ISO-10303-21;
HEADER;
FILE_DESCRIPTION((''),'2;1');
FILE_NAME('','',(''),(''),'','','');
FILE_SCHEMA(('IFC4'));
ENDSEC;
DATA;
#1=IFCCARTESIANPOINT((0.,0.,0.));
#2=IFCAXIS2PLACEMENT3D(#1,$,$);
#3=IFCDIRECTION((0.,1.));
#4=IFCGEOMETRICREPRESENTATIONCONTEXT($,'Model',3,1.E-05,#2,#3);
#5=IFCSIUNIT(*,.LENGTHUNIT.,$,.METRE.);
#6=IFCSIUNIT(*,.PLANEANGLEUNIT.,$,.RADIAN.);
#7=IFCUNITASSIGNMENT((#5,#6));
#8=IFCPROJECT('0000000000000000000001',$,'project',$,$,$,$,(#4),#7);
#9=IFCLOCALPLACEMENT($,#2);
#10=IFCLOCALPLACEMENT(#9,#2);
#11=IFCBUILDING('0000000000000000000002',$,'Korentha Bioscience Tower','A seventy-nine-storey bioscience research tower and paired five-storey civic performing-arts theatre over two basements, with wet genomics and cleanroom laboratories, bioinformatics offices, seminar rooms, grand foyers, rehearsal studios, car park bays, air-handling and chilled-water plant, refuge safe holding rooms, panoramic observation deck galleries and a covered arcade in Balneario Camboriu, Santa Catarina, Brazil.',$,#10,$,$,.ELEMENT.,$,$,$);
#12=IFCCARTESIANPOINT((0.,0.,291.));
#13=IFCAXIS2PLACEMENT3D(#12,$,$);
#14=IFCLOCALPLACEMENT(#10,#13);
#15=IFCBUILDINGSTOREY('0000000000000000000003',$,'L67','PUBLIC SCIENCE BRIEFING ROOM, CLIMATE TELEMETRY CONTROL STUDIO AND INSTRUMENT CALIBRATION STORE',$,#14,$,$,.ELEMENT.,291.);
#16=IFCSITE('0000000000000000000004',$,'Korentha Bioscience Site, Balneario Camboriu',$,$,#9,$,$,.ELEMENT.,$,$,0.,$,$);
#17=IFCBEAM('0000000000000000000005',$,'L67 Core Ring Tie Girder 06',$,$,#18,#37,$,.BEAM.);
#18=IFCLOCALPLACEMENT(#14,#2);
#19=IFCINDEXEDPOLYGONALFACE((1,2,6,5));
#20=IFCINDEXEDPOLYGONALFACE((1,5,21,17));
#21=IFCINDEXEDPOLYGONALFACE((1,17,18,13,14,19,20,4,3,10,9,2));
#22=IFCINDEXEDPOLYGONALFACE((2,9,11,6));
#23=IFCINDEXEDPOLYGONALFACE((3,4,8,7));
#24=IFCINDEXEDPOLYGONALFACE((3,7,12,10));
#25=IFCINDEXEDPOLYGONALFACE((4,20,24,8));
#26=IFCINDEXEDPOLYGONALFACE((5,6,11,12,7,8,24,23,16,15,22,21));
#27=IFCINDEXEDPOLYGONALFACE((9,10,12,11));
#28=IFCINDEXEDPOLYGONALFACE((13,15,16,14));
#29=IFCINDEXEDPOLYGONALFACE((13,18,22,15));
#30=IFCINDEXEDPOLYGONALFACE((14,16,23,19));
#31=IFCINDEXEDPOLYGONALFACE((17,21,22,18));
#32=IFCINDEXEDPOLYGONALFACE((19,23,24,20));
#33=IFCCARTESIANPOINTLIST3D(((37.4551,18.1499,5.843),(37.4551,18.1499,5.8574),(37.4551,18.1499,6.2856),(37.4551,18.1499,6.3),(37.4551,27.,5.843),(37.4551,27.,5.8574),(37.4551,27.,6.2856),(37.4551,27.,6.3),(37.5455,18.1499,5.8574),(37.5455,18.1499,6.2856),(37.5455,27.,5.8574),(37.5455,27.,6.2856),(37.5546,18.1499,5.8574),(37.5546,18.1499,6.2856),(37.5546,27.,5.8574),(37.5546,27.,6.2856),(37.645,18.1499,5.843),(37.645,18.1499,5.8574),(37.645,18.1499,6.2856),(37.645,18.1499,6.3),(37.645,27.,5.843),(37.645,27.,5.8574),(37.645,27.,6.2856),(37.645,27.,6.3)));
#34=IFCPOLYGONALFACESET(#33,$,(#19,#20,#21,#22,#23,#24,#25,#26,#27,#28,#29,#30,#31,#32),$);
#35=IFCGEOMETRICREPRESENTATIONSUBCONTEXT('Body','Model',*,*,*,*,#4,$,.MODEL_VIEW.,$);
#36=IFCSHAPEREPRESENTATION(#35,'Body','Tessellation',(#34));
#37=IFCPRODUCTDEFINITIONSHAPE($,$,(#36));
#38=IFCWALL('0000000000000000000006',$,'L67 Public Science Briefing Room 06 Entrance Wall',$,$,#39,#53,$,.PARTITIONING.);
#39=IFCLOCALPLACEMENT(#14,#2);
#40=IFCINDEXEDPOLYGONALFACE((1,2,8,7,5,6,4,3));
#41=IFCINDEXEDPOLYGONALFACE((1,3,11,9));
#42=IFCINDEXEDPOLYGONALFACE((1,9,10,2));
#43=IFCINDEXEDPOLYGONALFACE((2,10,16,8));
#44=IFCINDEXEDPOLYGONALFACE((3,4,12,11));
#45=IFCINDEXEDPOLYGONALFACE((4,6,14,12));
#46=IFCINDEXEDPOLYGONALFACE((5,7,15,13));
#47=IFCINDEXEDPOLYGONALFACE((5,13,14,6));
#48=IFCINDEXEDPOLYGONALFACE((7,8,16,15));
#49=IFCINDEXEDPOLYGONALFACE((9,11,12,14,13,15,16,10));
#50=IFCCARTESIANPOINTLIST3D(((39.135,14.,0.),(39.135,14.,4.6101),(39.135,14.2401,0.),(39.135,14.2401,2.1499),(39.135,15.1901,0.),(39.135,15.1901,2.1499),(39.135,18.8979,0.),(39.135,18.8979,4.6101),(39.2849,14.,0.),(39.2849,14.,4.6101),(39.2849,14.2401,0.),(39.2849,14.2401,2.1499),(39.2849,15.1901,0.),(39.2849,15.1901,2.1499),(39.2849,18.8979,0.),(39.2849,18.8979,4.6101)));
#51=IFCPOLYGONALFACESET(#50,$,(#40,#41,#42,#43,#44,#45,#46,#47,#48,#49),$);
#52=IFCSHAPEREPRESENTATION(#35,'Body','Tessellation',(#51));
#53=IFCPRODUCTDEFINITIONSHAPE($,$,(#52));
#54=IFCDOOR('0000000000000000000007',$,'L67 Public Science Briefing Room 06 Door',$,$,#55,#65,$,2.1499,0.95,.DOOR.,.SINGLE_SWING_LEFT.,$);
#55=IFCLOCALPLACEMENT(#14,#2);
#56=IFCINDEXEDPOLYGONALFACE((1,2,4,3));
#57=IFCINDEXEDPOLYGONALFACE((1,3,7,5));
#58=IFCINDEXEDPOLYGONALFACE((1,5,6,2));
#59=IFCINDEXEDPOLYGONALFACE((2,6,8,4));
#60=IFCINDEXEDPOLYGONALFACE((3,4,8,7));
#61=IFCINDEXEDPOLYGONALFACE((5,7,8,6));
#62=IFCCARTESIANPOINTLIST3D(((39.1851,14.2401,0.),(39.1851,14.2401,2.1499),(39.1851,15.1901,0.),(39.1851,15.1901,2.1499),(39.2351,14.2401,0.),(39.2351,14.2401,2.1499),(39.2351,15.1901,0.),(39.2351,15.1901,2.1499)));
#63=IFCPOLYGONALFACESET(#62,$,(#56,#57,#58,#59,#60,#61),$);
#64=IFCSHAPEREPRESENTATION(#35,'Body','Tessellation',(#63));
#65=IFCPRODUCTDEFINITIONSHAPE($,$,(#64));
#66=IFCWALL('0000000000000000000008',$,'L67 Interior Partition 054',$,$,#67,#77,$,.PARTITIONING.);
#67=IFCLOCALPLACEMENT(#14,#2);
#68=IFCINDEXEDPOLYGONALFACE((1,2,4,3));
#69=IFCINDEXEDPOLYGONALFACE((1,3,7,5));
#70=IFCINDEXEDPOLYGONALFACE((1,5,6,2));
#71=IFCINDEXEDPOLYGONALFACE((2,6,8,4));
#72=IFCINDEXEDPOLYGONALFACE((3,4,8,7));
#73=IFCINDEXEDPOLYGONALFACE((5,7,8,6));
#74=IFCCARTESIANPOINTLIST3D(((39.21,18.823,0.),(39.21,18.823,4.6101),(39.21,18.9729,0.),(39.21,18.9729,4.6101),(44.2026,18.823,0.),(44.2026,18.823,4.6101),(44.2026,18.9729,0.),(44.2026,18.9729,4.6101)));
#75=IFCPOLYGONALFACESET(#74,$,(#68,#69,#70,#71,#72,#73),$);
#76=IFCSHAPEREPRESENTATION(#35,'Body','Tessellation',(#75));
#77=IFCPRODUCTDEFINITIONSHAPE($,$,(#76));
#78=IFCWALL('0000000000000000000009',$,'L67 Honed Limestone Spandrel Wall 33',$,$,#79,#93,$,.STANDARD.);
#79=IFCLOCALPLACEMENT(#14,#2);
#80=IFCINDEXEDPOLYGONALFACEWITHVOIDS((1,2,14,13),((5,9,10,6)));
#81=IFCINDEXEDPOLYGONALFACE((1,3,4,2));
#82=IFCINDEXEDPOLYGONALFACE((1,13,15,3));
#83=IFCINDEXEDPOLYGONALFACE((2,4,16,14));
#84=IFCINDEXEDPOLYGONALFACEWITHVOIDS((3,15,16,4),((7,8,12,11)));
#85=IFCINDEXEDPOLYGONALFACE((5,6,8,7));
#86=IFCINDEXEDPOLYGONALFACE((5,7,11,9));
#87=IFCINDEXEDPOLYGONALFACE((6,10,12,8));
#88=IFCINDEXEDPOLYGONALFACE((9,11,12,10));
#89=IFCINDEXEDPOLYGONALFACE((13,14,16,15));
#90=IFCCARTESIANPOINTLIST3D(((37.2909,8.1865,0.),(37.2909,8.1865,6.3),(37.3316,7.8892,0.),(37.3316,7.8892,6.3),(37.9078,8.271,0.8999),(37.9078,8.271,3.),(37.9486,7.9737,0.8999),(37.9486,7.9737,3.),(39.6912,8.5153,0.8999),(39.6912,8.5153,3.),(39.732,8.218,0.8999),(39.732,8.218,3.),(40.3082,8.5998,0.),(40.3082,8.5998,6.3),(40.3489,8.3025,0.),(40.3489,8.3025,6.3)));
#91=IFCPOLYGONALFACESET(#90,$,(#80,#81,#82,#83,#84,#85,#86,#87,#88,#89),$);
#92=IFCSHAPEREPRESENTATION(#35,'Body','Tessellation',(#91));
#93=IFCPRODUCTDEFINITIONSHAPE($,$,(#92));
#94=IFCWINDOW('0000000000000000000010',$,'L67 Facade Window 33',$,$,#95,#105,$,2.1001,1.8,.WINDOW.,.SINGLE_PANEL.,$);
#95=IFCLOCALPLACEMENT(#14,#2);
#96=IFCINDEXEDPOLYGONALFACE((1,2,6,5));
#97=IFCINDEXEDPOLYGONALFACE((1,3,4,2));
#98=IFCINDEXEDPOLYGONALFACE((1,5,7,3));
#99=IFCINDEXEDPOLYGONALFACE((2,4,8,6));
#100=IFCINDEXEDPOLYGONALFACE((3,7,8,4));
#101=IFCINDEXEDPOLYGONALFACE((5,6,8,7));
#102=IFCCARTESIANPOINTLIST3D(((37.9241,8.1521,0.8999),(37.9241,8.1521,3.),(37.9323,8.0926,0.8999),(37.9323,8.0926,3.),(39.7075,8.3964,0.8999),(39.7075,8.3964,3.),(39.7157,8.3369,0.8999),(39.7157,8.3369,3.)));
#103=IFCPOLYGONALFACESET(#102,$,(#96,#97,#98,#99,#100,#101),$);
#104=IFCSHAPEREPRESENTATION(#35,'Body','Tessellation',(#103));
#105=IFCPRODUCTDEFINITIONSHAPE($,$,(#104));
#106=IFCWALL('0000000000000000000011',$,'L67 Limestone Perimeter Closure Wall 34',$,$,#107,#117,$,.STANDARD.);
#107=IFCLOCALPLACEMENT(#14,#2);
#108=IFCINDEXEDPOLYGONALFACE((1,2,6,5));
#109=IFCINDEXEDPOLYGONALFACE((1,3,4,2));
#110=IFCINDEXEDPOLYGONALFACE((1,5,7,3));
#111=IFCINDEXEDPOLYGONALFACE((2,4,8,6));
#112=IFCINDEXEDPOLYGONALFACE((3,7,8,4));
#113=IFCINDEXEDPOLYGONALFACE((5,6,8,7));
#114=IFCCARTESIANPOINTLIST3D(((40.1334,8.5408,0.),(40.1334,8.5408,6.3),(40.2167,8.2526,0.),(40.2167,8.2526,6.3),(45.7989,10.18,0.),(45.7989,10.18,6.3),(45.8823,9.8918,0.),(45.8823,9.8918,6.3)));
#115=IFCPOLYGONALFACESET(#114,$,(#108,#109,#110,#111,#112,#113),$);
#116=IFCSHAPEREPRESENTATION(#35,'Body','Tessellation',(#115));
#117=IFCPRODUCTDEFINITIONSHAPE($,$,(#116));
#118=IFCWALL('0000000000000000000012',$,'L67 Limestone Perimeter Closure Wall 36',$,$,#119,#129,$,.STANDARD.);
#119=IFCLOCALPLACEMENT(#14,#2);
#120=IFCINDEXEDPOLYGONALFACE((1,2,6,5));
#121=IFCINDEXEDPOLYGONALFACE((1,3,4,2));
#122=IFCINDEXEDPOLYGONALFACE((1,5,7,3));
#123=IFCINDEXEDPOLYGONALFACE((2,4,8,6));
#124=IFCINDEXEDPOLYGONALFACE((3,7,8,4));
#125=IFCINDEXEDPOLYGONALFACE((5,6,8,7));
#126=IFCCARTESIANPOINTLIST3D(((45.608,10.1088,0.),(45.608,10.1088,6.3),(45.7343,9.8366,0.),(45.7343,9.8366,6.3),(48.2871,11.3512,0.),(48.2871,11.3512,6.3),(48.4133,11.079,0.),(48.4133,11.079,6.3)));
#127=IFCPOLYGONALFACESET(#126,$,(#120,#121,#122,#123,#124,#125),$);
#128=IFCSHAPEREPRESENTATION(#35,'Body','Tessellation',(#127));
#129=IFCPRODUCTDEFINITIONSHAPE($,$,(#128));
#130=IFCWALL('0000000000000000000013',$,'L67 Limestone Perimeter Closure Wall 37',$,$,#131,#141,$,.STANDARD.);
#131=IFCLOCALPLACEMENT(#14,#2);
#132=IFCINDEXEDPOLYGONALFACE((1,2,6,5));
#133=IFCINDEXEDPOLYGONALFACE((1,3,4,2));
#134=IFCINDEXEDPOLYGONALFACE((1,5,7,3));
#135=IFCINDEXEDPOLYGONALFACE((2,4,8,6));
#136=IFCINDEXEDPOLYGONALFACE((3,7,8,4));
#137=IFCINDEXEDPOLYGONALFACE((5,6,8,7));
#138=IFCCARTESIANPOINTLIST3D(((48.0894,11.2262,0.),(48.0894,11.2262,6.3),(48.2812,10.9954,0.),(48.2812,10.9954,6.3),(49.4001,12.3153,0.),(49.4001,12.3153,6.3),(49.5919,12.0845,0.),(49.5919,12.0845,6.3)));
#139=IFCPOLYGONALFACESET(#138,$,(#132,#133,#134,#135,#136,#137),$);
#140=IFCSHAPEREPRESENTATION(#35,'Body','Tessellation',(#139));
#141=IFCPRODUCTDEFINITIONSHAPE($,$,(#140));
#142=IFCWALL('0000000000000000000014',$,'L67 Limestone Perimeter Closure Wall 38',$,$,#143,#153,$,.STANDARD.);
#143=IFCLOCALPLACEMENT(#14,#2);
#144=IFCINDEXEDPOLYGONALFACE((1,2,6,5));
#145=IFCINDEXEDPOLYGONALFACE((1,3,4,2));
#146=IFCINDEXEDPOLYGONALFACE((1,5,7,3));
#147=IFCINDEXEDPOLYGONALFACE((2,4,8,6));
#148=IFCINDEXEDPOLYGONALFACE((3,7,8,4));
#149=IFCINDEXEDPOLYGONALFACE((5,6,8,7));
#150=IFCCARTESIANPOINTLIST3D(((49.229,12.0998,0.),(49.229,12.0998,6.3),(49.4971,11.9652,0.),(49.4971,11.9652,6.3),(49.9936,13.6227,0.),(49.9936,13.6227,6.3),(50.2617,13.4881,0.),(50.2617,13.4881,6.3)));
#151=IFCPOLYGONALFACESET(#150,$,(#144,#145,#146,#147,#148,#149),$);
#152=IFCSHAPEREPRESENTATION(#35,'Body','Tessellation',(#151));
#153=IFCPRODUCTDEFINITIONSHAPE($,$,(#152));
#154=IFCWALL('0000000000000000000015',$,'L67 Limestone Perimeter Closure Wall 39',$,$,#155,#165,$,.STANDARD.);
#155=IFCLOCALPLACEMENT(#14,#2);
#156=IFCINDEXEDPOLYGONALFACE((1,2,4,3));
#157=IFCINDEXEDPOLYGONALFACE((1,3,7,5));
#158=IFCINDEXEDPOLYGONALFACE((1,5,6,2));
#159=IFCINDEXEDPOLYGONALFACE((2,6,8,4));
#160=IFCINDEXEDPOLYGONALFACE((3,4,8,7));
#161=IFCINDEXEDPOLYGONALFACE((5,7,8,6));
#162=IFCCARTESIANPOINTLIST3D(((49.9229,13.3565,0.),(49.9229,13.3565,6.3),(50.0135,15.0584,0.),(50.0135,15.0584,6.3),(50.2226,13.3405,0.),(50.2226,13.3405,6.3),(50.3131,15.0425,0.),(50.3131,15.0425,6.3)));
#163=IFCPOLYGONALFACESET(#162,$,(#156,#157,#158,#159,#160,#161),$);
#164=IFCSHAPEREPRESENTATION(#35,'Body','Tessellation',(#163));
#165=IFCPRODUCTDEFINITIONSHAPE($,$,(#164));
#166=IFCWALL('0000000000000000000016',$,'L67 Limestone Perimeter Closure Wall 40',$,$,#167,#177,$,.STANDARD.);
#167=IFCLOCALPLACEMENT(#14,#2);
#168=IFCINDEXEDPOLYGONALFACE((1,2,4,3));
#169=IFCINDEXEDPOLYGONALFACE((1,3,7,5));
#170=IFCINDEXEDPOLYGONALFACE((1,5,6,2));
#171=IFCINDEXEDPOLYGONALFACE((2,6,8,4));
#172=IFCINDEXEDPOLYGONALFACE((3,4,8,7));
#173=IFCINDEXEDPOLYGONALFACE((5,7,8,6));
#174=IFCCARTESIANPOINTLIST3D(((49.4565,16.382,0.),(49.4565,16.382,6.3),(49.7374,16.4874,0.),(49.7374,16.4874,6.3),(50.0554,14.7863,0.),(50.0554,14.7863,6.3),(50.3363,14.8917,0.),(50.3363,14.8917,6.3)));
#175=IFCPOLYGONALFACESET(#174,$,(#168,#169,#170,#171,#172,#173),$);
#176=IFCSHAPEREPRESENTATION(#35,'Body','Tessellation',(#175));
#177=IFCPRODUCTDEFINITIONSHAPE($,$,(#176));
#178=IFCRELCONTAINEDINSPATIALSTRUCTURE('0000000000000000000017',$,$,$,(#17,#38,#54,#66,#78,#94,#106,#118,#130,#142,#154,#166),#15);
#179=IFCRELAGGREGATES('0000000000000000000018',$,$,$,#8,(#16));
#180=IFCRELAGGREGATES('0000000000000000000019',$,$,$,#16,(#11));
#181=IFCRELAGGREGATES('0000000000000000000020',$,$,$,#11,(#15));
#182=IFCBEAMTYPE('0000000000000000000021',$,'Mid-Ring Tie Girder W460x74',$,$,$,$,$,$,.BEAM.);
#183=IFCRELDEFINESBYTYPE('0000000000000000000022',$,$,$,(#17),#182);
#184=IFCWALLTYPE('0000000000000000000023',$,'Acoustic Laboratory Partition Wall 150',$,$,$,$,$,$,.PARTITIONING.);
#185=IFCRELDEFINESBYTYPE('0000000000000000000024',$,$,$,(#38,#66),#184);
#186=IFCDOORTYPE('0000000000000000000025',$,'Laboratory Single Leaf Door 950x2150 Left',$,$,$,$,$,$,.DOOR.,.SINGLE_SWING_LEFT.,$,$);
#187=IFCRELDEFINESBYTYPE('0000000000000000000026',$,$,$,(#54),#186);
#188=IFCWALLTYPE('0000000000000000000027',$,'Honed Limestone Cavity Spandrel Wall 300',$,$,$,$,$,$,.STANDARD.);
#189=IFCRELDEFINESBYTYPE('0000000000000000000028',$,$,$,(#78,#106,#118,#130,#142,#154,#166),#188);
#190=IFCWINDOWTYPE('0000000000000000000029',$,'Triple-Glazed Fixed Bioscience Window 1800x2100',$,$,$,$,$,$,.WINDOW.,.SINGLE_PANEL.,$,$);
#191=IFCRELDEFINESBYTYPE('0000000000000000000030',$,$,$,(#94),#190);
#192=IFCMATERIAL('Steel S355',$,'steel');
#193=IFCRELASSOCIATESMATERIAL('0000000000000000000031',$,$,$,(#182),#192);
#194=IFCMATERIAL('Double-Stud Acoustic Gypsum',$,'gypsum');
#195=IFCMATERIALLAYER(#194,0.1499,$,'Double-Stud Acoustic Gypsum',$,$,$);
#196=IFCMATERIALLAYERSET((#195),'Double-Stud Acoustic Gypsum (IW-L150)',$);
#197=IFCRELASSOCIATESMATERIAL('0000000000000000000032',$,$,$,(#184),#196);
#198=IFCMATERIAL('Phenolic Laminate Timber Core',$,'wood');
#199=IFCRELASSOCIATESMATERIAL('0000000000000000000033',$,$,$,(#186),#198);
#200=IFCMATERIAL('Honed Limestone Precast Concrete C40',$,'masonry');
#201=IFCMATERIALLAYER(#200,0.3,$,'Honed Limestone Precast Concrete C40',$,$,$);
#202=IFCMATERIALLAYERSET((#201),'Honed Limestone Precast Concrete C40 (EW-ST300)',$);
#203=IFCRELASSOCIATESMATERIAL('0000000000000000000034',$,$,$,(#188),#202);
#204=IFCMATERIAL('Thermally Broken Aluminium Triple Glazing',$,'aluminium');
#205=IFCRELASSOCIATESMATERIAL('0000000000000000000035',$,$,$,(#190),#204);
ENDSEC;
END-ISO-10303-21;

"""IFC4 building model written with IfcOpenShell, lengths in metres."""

from ifc_helpers import new_model, si_unit, direction, frame, frame_2d, origin, origin_2d, place, context, subcontext, project, spatial, rectangle, i_section, extrude, material, layer, layer_set, material_profile, profile_set, type_object, element, fill, save


model = new_model("IFC4")

# Units and contexts
model_context = context("Model", 3, precision=1e-05, world=origin(), true_north=direction((0.0, 1.0)))
body_context = subcontext(model_context, "Body", "Model", "MODEL_VIEW")
ifc_project = project(units=[si_unit("LENGTHUNIT", "METRE"), si_unit("PLANEANGLEUNIT", "RADIAN")], contexts=[model_context])

# Site, building, storey
site_placement = place(None, origin())
site = spatial("IfcSite", under=ifc_project, at=site_placement, Name="Korentha Bioscience Site, Balneario Camboriu", CompositionType="ELEMENT", RefElevation=0.0)
building_placement = place(site_placement, origin())
building = spatial("IfcBuilding", under=site, at=building_placement, Name="Korentha Bioscience Tower", Description="A seventy-nine-storey bioscience research tower and paired five-storey civic performing-arts theatre over two basements, with wet genomics and cleanroom laboratories, bioinformatics offices, seminar rooms, grand foyers, rehearsal studios, car park bays, air-handling and chilled-water plant, refuge safe holding rooms, panoramic observation deck galleries and a covered arcade in Balneario Camboriu, Santa Catarina, Brazil.", CompositionType="ELEMENT")
storey_placement = place(building_placement, frame((0.0, 0.0, 291.0)))
storey = spatial("IfcBuildingStorey", under=building, at=storey_placement, Name="L67", Description="PUBLIC SCIENCE BRIEFING ROOM, CLIMATE TELEMETRY CONTROL STUDIO AND INSTRUMENT CALIBRATION STORE", CompositionType="ELEMENT", Elevation=291.0)

# Beam
ifc_material_1 = material(Name="Steel S355", Category="steel")
ifc_material_profile_1 = material_profile(ifc_material_1, i_section(OverallWidth=0.1899, OverallDepth=0.457, WebThickness=0.009, FlangeThickness=0.0144, at=origin_2d()), Name="Steel S355")
ifc_profile_set_1 = profile_set([ifc_material_profile_1], Name="Steel S355 (MB-460)")
beam_type_1 = type_object("IfcBeamType", Name="Mid-Ring Tie Girder W460x74", PredefinedType="BEAM", material=ifc_profile_set_1)
beam_1_placement = place(storey_placement, frame((37.55, 18.1499, 6.0715), z_axis=(0.0, 1.0, 0.0), x_axis=(-1.0, 0.0, 0.0)))
element("IfcBeam", 1, at=beam_1_placement, inside=storey, type_object=beam_type_1, Name="L67 Core Ring Tie Girder 06", PredefinedType="BEAM", context=body_context, shape_type="SweptSolid", body=[
    extrude(i_section(OverallWidth=0.1899, OverallDepth=0.457, WebThickness=0.009, FlangeThickness=0.0144, at=origin_2d()), origin(), (0.0, 0.0, 1.0), 8.8501),
])

# Wall, opening, door
ifc_material_2 = material(Name="Double-Stud Acoustic Gypsum", Category="gypsum")
ifc_layer_1 = layer(ifc_material_2, 0.1499, Name="Double-Stud Acoustic Gypsum")
ifc_layer_set_1 = layer_set([ifc_layer_1], Name="Double-Stud Acoustic Gypsum (IW-L150)")
wall_type_1 = type_object("IfcWallType", Name="Acoustic Laboratory Partition Wall 150", PredefinedType="PARTITIONING", material=ifc_layer_set_1)
wall_1_placement = place(storey_placement, frame((39.21, 14.0, 0.0), z_axis=(0.0, 0.0, 1.0), x_axis=(0.0, 1.0, 0.0)))
wall_1 = element("IfcWall", 2, at=wall_1_placement, inside=storey, type_object=wall_type_1, Name="L67 Public Science Briefing Room 06 Entrance Wall", PredefinedType="PARTITIONING", context=body_context, shape_type="SweptSolid", body=[
    extrude(rectangle(XDim=4.8979, YDim=0.1499, at=frame_2d((2.449, 0.0))), origin(), (0.0, 0.0, 1.0), 4.6101),
])
opening_1_placement = place(wall_1_placement, frame((0.24, 0.0, 0.0)))
opening_1 = element("IfcOpeningElement", 3, at=opening_1_placement, cuts=wall_1, PredefinedType="OPENING", context=body_context, shape_type="SweptSolid", body=[
    extrude(rectangle(XDim=0.95, YDim=2.1499, at=frame_2d((0.4751, 1.075))), frame((0.0, 0.0898, 0.0), z_axis=(0.0, -1.0, 0.0), x_axis=(1.0, 0.0, 0.0)), (0.0, 0.0, 1.0), 0.1797),
])
ifc_material_3 = material(Name="Phenolic Laminate Timber Core", Category="wood")
door_type = type_object("IfcDoorType", Name="Laboratory Single Leaf Door 950x2150 Left", OperationType="SINGLE_SWING_LEFT", PredefinedType="DOOR", material=ifc_material_3)
door_placement = place(opening_1_placement, origin())
door = element("IfcDoor", 4, at=door_placement, inside=storey, type_object=door_type, Name="L67 Public Science Briefing Room 06 Door", OperationType="SINGLE_SWING_LEFT", OverallHeight=2.1499, OverallWidth=0.95, PredefinedType="DOOR", context=body_context, shape_type="SweptSolid", body=[
    extrude(rectangle(XDim=0.95, YDim=2.1499, at=frame_2d((0.4751, 1.075))), frame((0.0, 0.0249, 0.0), z_axis=(0.0, -1.0, 0.0), x_axis=(1.0, 0.0, 0.0)), (0.0, 0.0, 1.0), 0.05),
])
fill(opening_1, door)

# Wall
wall_2_placement = place(storey_placement, frame((39.21, 18.8979, 0.0), z_axis=(0.0, 0.0, 1.0), x_axis=(1.0, 0.0, 0.0)))
element("IfcWall", 5, at=wall_2_placement, inside=storey, type_object=wall_type_1, Name="L67 Interior Partition 054", PredefinedType="PARTITIONING", context=body_context, shape_type="SweptSolid", body=[
    extrude(rectangle(XDim=4.9927, YDim=0.1499, at=frame_2d((2.4963, 0.0))), origin(), (0.0, 0.0, 1.0), 4.6101),
])

# Wall, opening, window
ifc_material_4 = material(Name="Honed Limestone Precast Concrete C40", Category="masonry")
ifc_layer_2 = layer(ifc_material_4, 0.3, Name="Honed Limestone Precast Concrete C40")
ifc_layer_set_2 = layer_set([ifc_layer_2], Name="Honed Limestone Precast Concrete C40 (EW-ST300)")
wall_type_2 = type_object("IfcWallType", Name="Honed Limestone Cavity Spandrel Wall 300", PredefinedType="STANDARD", material=ifc_layer_set_2)
wall_3_placement = place(storey_placement, frame((37.3113, 8.0378, 0.0), z_axis=(0.0, 0.0, 1.0), x_axis=(0.990748, 0.135718, 0.0)))
wall_3 = element("IfcWall", 6, at=wall_3_placement, inside=storey, type_object=wall_type_2, Name="L67 Honed Limestone Spandrel Wall 33", PredefinedType="STANDARD", context=body_context, shape_type="SweptSolid", body=[
    extrude(rectangle(XDim=3.0454, YDim=0.3, at=frame_2d((1.5227, 0.0))), origin(), (0.0, 0.0, 1.0), 6.3),
])
opening_2_placement = place(wall_3_placement, frame((0.6228, 0.0, 0.8999)))
opening_2 = element("IfcOpeningElement", 7, at=opening_2_placement, cuts=wall_3, PredefinedType="OPENING", context=body_context, shape_type="SweptSolid", body=[
    extrude(rectangle(XDim=1.8, YDim=2.1001, at=frame_2d((0.8999, 1.05))), frame((0.0, 0.165, 0.0), z_axis=(0.0, -1.0, 0.0), x_axis=(1.0, 0.0, 0.0)), (0.0, 0.0, 1.0), 0.3298),
])
ifc_material_5 = material(Name="Thermally Broken Aluminium Triple Glazing", Category="aluminium")
window_type = type_object("IfcWindowType", Name="Triple-Glazed Fixed Bioscience Window 1800x2100", PartitioningType="SINGLE_PANEL", PredefinedType="WINDOW", material=ifc_material_5)
window_placement = place(opening_2_placement, origin())
window = element("IfcWindow", 8, at=window_placement, inside=storey, type_object=window_type, Name="L67 Facade Window 33", OverallHeight=2.1001, OverallWidth=1.8, PartitioningType="SINGLE_PANEL", PredefinedType="WINDOW", context=body_context, shape_type="SweptSolid", body=[
    extrude(rectangle(XDim=1.8, YDim=2.1001, at=frame_2d((0.8999, 1.05))), frame((0.0, 0.03, 0.0), z_axis=(0.0, -1.0, 0.0), x_axis=(1.0, 0.0, 0.0)), (0.0, 0.0, 1.0), 0.0601),
])
fill(opening_2, window)

# Walls
wall_4_placement = place(storey_placement, frame((40.175, 8.3967, 0.0), z_axis=(0.0, 0.0, 1.0), x_axis=(0.960603, 0.277923, 0.0)))
element("IfcWall", 9, at=wall_4_placement, inside=storey, type_object=wall_type_2, Name="L67 Limestone Perimeter Closure Wall 34", PredefinedType="STANDARD", context=body_context, shape_type="SweptSolid", body=[
    extrude(rectangle(XDim=5.8979, YDim=0.3, at=frame_2d((2.949, 0.0))), origin(), (0.0, 0.0, 1.0), 6.3),
])
wall_5_placement = place(storey_placement, frame((45.6711, 9.9727, 0.0), z_axis=(0.0, 0.0, 1.0), x_axis=(0.907186, 0.42073, 0.0)))
element("IfcWall", 10, at=wall_5_placement, inside=storey, type_object=wall_type_2, Name="L67 Limestone Perimeter Closure Wall 36", PredefinedType="STANDARD", context=body_context, shape_type="SweptSolid", body=[
    extrude(rectangle(XDim=2.9531, YDim=0.3, at=frame_2d((1.4766, 0.0))), origin(), (0.0, 0.0, 1.0), 6.3),
])
for number, where, z_axis, x_axis, name in (
    (11, (48.1853, 11.1108, 0.0), (0.0, 0.0, 1.0), (0.769148, 0.639071, 0.0), "L67 Limestone Perimeter Closure Wall 37"),
    (12, (49.363, 12.0325, 0.0), (0.0, 0.0, 1.0), (0.448703, 0.893681, 0.0), "L67 Limestone Perimeter Closure Wall 38"),
):
    element("IfcWall", number, at=place(storey_placement, frame(where, z_axis=z_axis, x_axis=x_axis)), inside=storey, type_object=wall_type_2, Name=name, PredefinedType="STANDARD", context=body_context, shape_type="SweptSolid", body=[
        extrude(rectangle(XDim=1.7041, YDim=0.3, at=frame_2d((0.8521, 0.0))), origin(), (0.0, 0.0, 1.0), 6.3),
    ])
for number, where, z_axis, x_axis, name in (
    (13, (50.0728, 13.3486, 0.0), (0.0, 0.0, 1.0), (0.053145, 0.998587, 0.0), "L67 Limestone Perimeter Closure Wall 39"),
    (14, (50.1958, 14.8391, 0.0), (0.0, 0.0, 1.0), (-0.351375, 0.936235, 0.0), "L67 Limestone Perimeter Closure Wall 40"),
):
    element("IfcWall", number, at=place(storey_placement, frame(where, z_axis=z_axis, x_axis=x_axis)), inside=storey, type_object=wall_type_2, Name=name, PredefinedType="STANDARD", context=body_context, shape_type="SweptSolid", body=[
        extrude(rectangle(XDim=1.7043, YDim=0.3, at=frame_2d((0.8521, 0.0))), origin(), (0.0, 0.0, 1.0), 6.3),
    ])

save(model, "model.ifc")
